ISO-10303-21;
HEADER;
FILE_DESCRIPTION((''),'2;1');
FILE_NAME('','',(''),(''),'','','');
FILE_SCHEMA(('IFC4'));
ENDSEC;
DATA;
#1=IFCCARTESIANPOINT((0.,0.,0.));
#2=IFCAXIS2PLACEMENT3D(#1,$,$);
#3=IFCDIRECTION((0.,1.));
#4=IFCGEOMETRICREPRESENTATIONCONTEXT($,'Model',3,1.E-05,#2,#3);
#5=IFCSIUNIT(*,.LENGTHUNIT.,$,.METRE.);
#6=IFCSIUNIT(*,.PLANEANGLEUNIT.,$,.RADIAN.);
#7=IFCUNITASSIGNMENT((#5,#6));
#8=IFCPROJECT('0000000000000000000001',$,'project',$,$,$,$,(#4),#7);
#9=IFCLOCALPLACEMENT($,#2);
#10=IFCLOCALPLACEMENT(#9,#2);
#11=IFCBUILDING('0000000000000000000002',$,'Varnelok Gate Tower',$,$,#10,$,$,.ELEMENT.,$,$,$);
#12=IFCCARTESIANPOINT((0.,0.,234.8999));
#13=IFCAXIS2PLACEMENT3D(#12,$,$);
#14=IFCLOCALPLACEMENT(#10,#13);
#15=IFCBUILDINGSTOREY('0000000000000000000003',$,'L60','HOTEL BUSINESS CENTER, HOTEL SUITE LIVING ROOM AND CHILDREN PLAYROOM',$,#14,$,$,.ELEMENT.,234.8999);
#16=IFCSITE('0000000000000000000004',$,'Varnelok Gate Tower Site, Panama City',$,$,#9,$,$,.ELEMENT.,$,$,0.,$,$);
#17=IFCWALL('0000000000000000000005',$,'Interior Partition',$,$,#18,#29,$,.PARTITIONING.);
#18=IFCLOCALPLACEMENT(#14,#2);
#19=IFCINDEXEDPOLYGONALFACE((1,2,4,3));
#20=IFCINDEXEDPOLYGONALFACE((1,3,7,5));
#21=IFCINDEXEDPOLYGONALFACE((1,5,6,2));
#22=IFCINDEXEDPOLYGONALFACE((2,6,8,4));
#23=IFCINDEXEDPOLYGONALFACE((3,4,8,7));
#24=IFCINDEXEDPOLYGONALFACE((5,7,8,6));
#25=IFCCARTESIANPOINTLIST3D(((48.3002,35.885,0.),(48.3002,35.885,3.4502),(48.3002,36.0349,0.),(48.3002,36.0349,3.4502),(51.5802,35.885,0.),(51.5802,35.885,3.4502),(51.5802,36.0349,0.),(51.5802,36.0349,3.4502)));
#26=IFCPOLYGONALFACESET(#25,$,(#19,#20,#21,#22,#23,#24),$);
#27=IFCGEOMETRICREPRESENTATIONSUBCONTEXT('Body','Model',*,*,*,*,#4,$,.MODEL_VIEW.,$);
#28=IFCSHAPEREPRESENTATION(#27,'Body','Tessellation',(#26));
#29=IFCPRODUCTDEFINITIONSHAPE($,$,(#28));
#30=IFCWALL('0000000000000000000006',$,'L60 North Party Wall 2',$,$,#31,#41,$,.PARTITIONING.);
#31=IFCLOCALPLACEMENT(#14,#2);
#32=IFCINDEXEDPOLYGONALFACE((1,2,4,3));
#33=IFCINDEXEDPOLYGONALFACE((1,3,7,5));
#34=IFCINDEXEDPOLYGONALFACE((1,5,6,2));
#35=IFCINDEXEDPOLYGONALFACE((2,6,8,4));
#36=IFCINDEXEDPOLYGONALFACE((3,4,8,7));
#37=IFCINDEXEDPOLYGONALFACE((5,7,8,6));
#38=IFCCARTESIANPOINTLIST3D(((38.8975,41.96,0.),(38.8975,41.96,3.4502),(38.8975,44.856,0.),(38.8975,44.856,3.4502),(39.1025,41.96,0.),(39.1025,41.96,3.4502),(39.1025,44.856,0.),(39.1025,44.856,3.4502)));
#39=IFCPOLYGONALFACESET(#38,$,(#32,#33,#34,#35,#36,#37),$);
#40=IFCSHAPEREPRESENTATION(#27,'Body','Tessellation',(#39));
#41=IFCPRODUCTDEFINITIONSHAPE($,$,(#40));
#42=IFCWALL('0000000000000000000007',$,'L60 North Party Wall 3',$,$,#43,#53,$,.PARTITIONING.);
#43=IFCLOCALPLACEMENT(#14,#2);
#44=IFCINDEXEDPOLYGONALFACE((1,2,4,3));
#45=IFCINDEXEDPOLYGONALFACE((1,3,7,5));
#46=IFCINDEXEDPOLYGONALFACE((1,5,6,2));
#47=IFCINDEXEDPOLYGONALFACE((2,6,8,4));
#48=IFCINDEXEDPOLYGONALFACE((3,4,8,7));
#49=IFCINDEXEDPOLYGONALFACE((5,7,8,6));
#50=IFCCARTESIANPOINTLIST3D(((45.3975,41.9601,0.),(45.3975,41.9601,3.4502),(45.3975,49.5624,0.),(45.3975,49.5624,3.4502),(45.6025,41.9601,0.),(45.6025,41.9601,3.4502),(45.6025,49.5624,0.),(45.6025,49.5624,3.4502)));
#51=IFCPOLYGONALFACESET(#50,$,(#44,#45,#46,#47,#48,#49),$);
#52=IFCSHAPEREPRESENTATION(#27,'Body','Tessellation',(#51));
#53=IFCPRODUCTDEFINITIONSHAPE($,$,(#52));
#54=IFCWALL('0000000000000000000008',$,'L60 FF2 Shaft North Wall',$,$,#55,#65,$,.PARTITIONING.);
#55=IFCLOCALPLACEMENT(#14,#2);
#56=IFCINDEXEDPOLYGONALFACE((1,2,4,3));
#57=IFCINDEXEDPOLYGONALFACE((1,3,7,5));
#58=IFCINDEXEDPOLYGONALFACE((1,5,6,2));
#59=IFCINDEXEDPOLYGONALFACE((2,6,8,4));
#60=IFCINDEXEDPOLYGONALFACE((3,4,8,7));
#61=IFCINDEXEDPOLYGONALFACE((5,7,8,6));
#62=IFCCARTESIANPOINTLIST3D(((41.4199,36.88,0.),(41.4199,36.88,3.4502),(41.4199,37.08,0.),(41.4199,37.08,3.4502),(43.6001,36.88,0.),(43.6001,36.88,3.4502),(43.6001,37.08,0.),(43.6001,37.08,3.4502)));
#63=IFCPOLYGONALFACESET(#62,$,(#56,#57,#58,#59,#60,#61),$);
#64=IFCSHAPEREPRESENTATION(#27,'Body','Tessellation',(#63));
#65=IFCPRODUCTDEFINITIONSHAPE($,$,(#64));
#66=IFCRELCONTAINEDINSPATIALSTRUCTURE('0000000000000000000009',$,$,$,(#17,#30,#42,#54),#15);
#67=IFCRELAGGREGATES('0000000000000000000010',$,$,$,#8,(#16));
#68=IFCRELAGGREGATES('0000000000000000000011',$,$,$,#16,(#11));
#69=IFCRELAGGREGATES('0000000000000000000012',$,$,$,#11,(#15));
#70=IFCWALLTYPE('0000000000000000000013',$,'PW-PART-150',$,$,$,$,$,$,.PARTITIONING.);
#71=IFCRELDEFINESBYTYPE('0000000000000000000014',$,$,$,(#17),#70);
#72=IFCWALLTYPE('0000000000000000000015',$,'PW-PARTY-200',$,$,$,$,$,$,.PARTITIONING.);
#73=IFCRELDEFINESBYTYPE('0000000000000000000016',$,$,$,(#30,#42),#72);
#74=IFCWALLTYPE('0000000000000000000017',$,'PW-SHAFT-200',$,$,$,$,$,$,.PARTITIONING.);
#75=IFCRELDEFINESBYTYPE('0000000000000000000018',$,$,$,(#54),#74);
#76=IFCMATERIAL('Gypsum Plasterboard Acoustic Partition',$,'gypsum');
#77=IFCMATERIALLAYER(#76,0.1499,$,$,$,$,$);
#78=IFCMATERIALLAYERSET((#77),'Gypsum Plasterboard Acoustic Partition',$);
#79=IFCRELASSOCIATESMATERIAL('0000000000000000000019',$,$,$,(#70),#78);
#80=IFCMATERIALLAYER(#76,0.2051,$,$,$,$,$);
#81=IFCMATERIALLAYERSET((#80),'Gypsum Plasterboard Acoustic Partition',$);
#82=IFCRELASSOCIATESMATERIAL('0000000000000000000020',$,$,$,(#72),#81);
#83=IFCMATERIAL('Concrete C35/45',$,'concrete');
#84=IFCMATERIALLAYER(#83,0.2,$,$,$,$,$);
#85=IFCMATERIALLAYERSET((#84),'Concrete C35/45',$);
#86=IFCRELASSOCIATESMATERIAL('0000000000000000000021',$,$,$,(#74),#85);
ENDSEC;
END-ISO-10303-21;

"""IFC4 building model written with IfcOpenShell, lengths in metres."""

from ifc_helpers import new_model, si_unit, direction, frame, frame_2d, origin, place, context, subcontext, project, spatial, rectangle, extrude, material, layer, layer_set, type_object, element, save


model = new_model("IFC4")

# Units and contexts
model_context = context("Model", 3, precision=1e-05, world=origin(), true_north=direction((0.0, 1.0)))
body_context = subcontext(model_context, "Body", "Model", "MODEL_VIEW")
ifc_project = project(units=[si_unit("LENGTHUNIT", "METRE"), si_unit("PLANEANGLEUNIT", "RADIAN")], contexts=[model_context])

# Site, building, storey
site_placement = place(None, origin())
site = spatial("IfcSite", under=ifc_project, at=site_placement, Name="Varnelok Gate Tower Site, Panama City", CompositionType="ELEMENT", RefElevation=0.0)
building_placement = place(site_placement, origin())
building = spatial("IfcBuilding", under=site, at=building_placement, Name="Varnelok Gate Tower", CompositionType="ELEMENT")
storey_placement = place(building_placement, frame((0.0, 0.0, 234.8999)))
storey = spatial("IfcBuildingStorey", under=building, at=storey_placement, Name="L60", Description="HOTEL BUSINESS CENTER, HOTEL SUITE LIVING ROOM AND CHILDREN PLAYROOM", CompositionType="ELEMENT", Elevation=234.8999)

# Shared definitions
ifc_material_1 = material(Name="Gypsum Plasterboard Acoustic Partition", Category="gypsum")

# Shared definitions
ifc_layer_1 = layer(ifc_material_1, 0.1499)
ifc_layer_set_1 = layer_set([ifc_layer_1], Name="Gypsum Plasterboard Acoustic Partition")
wall_type_1 = type_object("IfcWallType", Name="PW-PART-150", PredefinedType="PARTITIONING", material=ifc_layer_set_1)

# Walls
wall_1_placement = place(storey_placement, frame((48.3, 35.96, 0.0), z_axis=(0.0, 0.0, 1.0), x_axis=(1.0, 0.0, 0.0)))
element("IfcWall", 1, at=wall_1_placement, inside=storey, type_object=wall_type_1, Name="Interior Partition", PredefinedType="PARTITIONING", context=body_context, shape_type="SweptSolid", body=[
    extrude(rectangle(XDim=3.28, YDim=0.1499, at=frame_2d((1.6401, 0.0))), origin(), (0.0, 0.0, 1.0), 3.4502),
])
ifc_layer_2 = layer(ifc_material_1, 0.2051)
ifc_layer_set_2 = layer_set([ifc_layer_2], Name="Gypsum Plasterboard Acoustic Partition")
wall_type_2 = type_object("IfcWallType", Name="PW-PARTY-200", PredefinedType="PARTITIONING", material=ifc_layer_set_2)
wall_2_placement = place(storey_placement, frame((39.0, 41.96, 0.0), z_axis=(0.0, 0.0, 1.0), x_axis=(0.0, 1.0, 0.0)))
element("IfcWall", 2, at=wall_2_placement, inside=storey, type_object=wall_type_2, Name="L60 North Party Wall 2", PredefinedType="PARTITIONING", context=body_context, shape_type="SweptSolid", body=[
    extrude(rectangle(XDim=2.896, YDim=0.2051, at=frame_2d((1.448, 0.0))), origin(), (0.0, 0.0, 1.0), 3.4502),
])
wall_3_placement = place(storey_placement, frame((45.5, 41.96, 0.0), z_axis=(0.0, 0.0, 1.0), x_axis=(0.0, 1.0, 0.0)))
element("IfcWall", 3, at=wall_3_placement, inside=storey, type_object=wall_type_2, Name="L60 North Party Wall 3", PredefinedType="PARTITIONING", context=body_context, shape_type="SweptSolid", body=[
    extrude(rectangle(XDim=7.6023, YDim=0.2051, at=frame_2d((3.8013, 0.0))), origin(), (0.0, 0.0, 1.0), 3.4502),
])
ifc_material_2 = material(Name="Concrete C35/45", Category="concrete")
ifc_layer_3 = layer(ifc_material_2, 0.2)
ifc_layer_set_3 = layer_set([ifc_layer_3], Name="Concrete C35/45")
wall_type_3 = type_object("IfcWallType", Name="PW-SHAFT-200", PredefinedType="PARTITIONING", material=ifc_layer_set_3)
wall_4_placement = place(storey_placement, frame((41.4199, 36.98, 0.0), z_axis=(0.0, 0.0, 1.0), x_axis=(1.0, 0.0, 0.0)))
element("IfcWall", 4, at=wall_4_placement, inside=storey, type_object=wall_type_3, Name="L60 FF2 Shaft North Wall", PredefinedType="PARTITIONING", context=body_context, shape_type="SweptSolid", body=[
    extrude(rectangle(XDim=2.1802, YDim=0.2, at=frame_2d((1.0901, 0.0))), origin(), (0.0, 0.0, 1.0), 3.4502),
])

save(model, "model.ifc")
